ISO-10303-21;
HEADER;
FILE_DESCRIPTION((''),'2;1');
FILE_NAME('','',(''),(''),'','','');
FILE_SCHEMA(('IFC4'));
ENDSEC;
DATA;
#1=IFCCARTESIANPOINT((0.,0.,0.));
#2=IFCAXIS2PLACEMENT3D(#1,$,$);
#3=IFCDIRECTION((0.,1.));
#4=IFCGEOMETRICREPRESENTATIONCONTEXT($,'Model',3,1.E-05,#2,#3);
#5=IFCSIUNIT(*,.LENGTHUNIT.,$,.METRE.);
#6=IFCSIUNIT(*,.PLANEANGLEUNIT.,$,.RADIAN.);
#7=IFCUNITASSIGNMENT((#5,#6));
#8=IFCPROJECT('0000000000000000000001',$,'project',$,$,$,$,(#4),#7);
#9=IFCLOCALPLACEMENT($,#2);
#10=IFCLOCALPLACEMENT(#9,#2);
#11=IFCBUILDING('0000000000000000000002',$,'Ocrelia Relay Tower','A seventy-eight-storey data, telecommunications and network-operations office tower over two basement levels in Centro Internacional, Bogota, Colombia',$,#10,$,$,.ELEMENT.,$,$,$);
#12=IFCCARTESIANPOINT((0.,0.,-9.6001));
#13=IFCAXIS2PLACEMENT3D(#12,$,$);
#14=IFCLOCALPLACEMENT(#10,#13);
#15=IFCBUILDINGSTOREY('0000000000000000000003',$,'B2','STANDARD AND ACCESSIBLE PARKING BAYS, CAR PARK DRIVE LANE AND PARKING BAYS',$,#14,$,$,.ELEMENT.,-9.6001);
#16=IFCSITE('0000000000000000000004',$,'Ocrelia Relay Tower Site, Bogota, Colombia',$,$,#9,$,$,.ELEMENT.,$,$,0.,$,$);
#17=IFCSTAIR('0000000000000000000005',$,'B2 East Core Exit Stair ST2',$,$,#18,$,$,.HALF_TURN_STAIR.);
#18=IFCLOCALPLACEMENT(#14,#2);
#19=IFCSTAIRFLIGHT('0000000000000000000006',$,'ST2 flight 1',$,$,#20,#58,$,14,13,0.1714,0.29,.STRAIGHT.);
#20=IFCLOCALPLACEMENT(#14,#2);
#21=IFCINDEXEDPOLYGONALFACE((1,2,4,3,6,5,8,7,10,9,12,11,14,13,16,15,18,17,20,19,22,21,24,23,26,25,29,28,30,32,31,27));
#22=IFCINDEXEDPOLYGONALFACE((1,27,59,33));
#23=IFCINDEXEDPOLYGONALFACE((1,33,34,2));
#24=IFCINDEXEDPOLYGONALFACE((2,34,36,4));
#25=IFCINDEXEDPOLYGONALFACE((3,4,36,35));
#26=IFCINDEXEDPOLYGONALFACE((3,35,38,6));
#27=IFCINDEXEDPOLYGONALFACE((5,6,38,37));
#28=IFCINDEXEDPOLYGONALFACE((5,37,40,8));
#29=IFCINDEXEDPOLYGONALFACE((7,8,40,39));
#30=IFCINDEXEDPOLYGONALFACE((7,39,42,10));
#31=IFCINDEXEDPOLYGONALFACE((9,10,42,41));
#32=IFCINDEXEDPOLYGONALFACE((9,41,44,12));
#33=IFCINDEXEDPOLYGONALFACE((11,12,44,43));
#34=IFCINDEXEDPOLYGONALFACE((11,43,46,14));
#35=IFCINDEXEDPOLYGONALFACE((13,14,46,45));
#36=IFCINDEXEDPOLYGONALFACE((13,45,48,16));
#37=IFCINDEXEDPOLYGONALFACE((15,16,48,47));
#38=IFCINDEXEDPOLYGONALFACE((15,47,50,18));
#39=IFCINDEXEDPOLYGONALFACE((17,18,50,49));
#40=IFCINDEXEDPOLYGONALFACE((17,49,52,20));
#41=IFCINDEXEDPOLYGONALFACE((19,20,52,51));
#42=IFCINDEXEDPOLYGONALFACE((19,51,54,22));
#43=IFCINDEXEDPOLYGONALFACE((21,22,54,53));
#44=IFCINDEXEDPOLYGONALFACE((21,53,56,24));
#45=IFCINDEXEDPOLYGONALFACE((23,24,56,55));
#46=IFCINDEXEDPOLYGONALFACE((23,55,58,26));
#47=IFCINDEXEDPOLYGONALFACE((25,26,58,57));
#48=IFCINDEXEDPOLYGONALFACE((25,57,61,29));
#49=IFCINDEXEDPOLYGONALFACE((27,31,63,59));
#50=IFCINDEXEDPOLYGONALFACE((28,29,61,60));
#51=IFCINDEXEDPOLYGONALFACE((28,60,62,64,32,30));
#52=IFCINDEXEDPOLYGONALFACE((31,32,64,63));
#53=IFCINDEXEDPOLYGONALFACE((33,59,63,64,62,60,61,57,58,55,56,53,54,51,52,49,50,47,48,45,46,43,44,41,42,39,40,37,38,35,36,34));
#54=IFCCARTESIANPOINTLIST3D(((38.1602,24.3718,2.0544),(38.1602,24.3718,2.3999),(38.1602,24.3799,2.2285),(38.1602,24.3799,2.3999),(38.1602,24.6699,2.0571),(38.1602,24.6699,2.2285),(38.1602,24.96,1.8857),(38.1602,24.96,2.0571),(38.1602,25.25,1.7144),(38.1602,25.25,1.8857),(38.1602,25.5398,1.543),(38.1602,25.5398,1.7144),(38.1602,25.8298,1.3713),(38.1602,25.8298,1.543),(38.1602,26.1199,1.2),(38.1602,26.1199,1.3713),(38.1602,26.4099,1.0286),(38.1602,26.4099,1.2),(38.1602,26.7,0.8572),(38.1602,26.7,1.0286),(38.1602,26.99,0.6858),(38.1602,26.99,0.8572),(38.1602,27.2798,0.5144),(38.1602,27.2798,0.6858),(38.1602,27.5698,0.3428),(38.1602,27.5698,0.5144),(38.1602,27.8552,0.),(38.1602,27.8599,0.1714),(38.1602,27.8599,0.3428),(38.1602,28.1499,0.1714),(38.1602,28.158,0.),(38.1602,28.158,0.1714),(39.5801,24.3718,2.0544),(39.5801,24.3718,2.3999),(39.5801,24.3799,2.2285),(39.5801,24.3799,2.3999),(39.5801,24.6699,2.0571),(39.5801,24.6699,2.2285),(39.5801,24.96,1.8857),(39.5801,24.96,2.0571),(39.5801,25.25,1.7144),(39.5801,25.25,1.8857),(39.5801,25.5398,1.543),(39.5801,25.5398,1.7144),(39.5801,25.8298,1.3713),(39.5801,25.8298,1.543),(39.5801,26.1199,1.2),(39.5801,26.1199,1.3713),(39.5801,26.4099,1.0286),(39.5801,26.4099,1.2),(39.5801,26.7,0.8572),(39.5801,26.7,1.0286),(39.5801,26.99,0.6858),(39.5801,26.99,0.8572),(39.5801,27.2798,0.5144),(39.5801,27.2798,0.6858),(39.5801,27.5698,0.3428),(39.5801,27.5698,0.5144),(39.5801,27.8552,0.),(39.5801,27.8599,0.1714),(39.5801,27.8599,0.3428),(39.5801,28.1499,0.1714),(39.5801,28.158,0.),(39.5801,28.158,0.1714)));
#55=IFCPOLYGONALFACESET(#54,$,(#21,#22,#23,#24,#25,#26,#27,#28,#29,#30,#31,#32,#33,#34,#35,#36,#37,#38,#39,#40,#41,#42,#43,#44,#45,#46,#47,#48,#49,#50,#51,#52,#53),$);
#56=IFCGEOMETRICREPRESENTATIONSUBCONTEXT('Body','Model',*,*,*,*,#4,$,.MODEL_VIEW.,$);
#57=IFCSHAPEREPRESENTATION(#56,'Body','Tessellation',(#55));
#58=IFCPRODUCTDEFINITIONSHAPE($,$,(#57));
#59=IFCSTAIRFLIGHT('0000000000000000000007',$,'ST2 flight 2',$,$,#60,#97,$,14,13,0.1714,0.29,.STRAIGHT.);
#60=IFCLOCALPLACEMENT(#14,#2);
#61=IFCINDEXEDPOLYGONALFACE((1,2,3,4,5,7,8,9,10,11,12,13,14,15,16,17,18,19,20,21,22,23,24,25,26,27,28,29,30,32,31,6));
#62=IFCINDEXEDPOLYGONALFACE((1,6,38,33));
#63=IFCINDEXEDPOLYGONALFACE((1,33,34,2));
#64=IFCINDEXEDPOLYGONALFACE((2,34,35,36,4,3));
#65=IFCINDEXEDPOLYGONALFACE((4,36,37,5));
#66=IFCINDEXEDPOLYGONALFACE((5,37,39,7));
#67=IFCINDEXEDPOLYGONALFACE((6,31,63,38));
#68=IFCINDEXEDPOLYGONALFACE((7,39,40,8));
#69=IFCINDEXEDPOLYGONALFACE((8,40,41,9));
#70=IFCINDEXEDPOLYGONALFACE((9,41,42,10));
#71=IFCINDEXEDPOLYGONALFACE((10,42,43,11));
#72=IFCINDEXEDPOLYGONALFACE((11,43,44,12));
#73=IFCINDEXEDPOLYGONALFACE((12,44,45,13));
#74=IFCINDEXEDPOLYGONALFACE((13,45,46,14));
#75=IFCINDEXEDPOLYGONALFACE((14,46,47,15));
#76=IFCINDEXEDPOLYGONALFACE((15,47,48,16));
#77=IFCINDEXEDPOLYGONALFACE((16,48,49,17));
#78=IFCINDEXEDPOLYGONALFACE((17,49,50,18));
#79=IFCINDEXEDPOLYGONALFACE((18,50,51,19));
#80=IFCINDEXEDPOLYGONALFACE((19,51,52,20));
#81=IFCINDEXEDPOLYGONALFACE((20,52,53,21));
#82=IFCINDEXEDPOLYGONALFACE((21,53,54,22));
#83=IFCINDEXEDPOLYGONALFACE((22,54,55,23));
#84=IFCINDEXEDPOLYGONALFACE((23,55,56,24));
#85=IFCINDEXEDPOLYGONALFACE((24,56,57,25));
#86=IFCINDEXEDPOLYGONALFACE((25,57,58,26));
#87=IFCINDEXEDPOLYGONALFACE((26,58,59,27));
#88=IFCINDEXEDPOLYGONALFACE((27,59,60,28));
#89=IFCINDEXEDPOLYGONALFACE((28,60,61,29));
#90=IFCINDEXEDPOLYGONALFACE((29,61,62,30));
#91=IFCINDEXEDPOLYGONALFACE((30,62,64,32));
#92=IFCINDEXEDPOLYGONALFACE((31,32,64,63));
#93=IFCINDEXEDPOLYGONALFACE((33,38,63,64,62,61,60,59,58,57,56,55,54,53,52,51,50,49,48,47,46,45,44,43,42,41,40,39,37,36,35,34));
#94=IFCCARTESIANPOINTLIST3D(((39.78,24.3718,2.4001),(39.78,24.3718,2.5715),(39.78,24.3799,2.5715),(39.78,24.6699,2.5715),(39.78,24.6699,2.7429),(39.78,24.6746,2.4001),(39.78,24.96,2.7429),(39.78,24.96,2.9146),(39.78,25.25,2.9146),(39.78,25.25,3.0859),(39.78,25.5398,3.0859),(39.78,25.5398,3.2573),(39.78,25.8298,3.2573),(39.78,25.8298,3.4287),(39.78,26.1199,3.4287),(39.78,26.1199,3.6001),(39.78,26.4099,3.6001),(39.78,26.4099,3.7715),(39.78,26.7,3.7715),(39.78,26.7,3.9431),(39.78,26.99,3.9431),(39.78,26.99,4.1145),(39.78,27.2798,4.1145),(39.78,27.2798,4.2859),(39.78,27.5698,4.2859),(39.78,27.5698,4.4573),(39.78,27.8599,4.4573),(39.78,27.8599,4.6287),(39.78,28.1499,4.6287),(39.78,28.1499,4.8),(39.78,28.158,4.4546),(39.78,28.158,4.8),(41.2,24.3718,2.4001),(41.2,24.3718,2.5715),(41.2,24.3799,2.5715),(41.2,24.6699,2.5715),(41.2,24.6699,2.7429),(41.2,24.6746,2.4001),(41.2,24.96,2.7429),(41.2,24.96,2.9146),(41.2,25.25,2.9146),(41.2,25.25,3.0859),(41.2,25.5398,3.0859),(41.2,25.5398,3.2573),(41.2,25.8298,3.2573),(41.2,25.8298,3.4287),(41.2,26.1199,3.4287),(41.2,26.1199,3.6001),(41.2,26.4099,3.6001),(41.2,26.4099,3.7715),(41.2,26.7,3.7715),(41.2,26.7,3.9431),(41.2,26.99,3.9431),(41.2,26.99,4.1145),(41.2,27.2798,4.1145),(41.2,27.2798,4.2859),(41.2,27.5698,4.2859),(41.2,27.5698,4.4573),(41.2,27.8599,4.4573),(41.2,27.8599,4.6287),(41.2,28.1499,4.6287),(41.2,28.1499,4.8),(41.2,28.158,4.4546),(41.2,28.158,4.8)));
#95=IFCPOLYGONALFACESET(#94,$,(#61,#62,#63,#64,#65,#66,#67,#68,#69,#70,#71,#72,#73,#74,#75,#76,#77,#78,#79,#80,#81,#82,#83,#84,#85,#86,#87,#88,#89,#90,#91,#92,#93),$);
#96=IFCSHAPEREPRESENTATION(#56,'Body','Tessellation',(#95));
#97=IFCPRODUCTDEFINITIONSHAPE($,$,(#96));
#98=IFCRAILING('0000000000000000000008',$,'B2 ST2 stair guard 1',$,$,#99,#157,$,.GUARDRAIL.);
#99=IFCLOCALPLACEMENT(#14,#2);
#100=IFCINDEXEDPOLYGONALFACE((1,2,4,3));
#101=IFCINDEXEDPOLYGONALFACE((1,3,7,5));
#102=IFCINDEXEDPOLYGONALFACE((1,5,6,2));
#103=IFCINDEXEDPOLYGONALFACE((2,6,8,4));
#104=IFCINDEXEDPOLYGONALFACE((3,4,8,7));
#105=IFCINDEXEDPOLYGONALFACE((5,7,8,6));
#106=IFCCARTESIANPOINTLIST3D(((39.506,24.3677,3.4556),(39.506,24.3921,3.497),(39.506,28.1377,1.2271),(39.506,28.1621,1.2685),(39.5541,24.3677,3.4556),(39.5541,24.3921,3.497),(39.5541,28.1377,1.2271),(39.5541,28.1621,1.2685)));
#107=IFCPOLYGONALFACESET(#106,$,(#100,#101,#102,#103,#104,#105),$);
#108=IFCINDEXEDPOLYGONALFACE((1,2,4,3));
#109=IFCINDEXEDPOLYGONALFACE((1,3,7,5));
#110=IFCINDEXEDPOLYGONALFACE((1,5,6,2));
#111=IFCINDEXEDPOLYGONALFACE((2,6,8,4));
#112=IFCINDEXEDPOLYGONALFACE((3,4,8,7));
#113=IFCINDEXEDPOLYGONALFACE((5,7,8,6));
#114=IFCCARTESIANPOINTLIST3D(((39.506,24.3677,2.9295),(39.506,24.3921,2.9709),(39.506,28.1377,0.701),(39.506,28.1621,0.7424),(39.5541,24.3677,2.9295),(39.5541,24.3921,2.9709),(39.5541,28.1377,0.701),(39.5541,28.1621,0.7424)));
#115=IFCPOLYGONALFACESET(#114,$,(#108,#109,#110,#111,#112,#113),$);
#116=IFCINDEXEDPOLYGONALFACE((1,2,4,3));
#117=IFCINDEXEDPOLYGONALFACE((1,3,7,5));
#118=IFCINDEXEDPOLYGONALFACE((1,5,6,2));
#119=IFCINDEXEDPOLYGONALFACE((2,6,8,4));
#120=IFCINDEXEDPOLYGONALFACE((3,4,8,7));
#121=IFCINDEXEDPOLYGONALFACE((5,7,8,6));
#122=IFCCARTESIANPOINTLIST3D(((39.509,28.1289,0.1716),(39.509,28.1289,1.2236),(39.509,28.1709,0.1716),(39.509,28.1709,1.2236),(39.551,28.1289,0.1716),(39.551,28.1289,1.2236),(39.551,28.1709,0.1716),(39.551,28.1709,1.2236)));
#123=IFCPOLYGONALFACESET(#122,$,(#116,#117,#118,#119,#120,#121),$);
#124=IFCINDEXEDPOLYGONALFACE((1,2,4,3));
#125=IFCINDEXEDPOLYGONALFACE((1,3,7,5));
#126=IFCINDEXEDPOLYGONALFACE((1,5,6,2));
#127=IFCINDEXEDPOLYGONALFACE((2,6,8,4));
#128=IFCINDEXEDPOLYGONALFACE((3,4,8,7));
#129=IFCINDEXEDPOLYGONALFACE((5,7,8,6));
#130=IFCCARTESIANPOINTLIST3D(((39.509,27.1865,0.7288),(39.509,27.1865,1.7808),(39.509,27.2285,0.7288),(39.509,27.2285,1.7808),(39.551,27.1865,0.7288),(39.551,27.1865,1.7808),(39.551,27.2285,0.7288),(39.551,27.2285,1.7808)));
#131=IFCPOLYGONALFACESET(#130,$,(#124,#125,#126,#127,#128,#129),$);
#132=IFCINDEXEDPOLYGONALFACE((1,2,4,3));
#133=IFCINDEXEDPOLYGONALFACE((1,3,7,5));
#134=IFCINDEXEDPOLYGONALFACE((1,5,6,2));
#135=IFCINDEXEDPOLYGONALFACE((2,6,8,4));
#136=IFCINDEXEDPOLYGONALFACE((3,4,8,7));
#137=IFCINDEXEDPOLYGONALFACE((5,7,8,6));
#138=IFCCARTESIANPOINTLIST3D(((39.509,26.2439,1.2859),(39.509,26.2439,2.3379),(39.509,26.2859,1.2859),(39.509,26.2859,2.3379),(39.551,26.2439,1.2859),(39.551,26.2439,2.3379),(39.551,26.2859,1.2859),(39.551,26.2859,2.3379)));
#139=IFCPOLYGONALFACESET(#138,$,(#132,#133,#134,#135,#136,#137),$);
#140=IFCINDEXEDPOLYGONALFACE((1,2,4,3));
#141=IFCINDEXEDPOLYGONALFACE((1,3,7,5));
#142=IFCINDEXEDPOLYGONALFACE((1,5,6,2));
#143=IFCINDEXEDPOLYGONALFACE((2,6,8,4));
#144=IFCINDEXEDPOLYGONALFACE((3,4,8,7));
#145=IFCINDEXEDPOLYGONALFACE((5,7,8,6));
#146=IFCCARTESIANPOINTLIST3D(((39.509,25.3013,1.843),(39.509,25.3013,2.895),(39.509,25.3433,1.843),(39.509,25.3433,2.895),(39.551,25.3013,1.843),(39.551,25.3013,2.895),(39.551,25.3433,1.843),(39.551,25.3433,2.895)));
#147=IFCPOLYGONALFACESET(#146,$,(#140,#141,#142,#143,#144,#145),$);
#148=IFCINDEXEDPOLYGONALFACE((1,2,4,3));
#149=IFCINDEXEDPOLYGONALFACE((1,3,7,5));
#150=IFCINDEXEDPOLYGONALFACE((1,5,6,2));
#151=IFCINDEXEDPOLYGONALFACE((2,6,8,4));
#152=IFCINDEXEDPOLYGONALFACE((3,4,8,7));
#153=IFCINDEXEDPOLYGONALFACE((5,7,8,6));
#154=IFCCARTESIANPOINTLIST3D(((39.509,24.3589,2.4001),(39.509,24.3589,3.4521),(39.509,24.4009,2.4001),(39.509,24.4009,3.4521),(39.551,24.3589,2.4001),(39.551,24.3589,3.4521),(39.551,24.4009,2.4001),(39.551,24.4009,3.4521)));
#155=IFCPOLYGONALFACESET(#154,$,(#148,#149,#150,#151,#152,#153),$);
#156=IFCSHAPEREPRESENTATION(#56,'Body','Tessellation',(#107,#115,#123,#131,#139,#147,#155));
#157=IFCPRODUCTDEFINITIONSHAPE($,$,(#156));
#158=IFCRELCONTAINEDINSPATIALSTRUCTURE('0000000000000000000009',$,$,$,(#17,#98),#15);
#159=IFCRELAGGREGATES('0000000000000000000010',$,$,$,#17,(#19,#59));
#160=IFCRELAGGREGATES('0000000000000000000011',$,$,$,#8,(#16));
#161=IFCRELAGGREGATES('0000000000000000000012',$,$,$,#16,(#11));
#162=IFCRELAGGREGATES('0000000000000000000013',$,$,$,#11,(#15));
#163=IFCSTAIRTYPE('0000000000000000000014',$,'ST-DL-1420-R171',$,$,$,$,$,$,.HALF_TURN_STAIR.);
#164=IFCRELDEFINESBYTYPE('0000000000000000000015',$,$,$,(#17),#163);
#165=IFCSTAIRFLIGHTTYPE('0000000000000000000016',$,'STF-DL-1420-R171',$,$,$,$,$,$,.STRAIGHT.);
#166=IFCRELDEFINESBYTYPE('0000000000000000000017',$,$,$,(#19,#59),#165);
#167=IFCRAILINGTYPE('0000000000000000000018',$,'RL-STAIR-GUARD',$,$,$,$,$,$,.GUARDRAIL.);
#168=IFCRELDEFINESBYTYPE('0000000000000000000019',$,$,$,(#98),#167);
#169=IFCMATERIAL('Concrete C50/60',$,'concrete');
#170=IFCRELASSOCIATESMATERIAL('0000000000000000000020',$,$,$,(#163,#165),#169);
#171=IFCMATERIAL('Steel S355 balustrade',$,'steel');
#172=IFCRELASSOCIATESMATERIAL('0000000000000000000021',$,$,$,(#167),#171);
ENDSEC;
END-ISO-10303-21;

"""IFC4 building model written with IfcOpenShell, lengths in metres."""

from ifc_helpers import new_model, si_unit, direction, frame, origin, origin_2d, place, context, subcontext, project, spatial, polyline, rectangle, outline, extrude, material, type_object, element, aggregate, save


model = new_model("IFC4")

# Units and contexts
model_context = context("Model", 3, precision=1e-05, world=origin(), true_north=direction((0.0, 1.0)))
body_context = subcontext(model_context, "Body", "Model", "MODEL_VIEW")
ifc_project = project(units=[si_unit("LENGTHUNIT", "METRE"), si_unit("PLANEANGLEUNIT", "RADIAN")], contexts=[model_context])

# Site, building, storey
site_placement = place(None, origin())
site = spatial("IfcSite", under=ifc_project, at=site_placement, Name="Ocrelia Relay Tower Site, Bogota, Colombia", CompositionType="ELEMENT", RefElevation=0.0)
building_placement = place(site_placement, origin())
building = spatial("IfcBuilding", under=site, at=building_placement, Name="Ocrelia Relay Tower", Description="A seventy-eight-storey data, telecommunications and network-operations office tower over two basement levels in Centro Internacional, Bogota, Colombia", CompositionType="ELEMENT")
storey_placement = place(building_placement, frame((0.0, 0.0, -9.6001)))
storey = spatial("IfcBuildingStorey", under=building, at=storey_placement, Name="B2", Description="STANDARD AND ACCESSIBLE PARKING BAYS, CAR PARK DRIVE LANE AND PARKING BAYS", CompositionType="ELEMENT", Elevation=-9.6001)

# Shared definitions
ifc_material_1 = material(Name="Concrete C50/60", Category="concrete")

# Stair, stair flights
stair_type = type_object("IfcStairType", Name="ST-DL-1420-R171", PredefinedType="HALF_TURN_STAIR", material=ifc_material_1)
stair_placement = place(storey_placement, origin())
stair = element("IfcStair", 1, at=stair_placement, inside=storey, type_object=stair_type, Name="B2 East Core Exit Stair ST2", PredefinedType="HALF_TURN_STAIR")
stair_flight_type = type_object("IfcStairFlightType", Name="STF-DL-1420-R171", PredefinedType="STRAIGHT", material=ifc_material_1)
stair_flight_1_placement = place(storey_placement, frame((38.8701, 28.1499, 0.0), z_axis=(0.0, 0.0, 1.0), x_axis=(0.0, -1.0, 0.0)))
stair_flight_1 = element("IfcStairFlight", 2, at=stair_flight_1_placement, type_object=stair_flight_type, Name="ST2 flight 1", NumberOfRisers=14, NumberOfTreads=13, PredefinedType="STRAIGHT", RiserHeight=0.1714, TreadLength=0.29, context=body_context, shape_type="SweptSolid", body=[
    extrude(outline(polyline([(-0.0081, 0.0), (-0.0081, 0.1714), (0.0, 0.1714), (0.29, 0.1714), (0.29, 0.3428), (0.5801, 0.3428), (0.5801, 0.5144), (0.8701, 0.5144), (0.8701, 0.6858), (1.1599, 0.6858), (1.1599, 0.8572), (1.45, 0.8572), (1.45, 1.0286), (1.74, 1.0286), (1.74, 1.2), (2.03, 1.2), (2.03, 1.3713), (2.3201, 1.3713), (2.3201, 1.543), (2.6101, 1.543), (2.6101, 1.7144), (2.8999, 1.7144), (2.8999, 1.8857), (3.1899, 1.8857), (3.1899, 2.0571), (3.48, 2.0571), (3.48, 2.2285), (3.77, 2.2285), (3.77, 2.3999), (3.7781, 2.3999), (3.7781, 2.0544), (0.2947, 0.0), (-0.0081, 0.0)])), frame((0.0, 0.71, 0.0), z_axis=(0.0, -1.0, 0.0), x_axis=(1.0, 0.0, 0.0)), (0.0, 0.0, 1.0), 1.4199),
])
stair_flight_2_placement = place(storey_placement, frame((40.49, 24.3799, 2.4001), z_axis=(0.0, 0.0, 1.0), x_axis=(0.0, 1.0, 0.0)))
stair_flight_2 = element("IfcStairFlight", 3, at=stair_flight_2_placement, type_object=stair_flight_type, Name="ST2 flight 2", NumberOfRisers=14, NumberOfTreads=13, PredefinedType="STRAIGHT", RiserHeight=0.1714, TreadLength=0.29, context=body_context, shape_type="SweptSolid", body=[
    extrude(outline(polyline([(-0.0081, 0.0), (-0.0081, 0.1714), (0.0, 0.1714), (0.29, 0.1714), (0.29, 0.3428), (0.5801, 0.3428), (0.5801, 0.5144), (0.8701, 0.5144), (0.8701, 0.6858), (1.1599, 0.6858), (1.1599, 0.8572), (1.45, 0.8572), (1.45, 1.0286), (1.74, 1.0286), (1.74, 1.2), (2.03, 1.2), (2.03, 1.3713), (2.3201, 1.3713), (2.3201, 1.543), (2.6101, 1.543), (2.6101, 1.7144), (2.8999, 1.7144), (2.8999, 1.8857), (3.1899, 1.8857), (3.1899, 2.0571), (3.48, 2.0571), (3.48, 2.2285), (3.77, 2.2285), (3.77, 2.3999), (3.7781, 2.3999), (3.7781, 2.0544), (0.2947, 0.0), (-0.0081, 0.0)])), frame((0.0, 0.71, 0.0), z_axis=(0.0, -1.0, 0.0), x_axis=(1.0, 0.0, 0.0)), (0.0, 0.0, 1.0), 1.4199),
])
aggregate(stair, [stair_flight_1, stair_flight_2])

# Railing
ifc_material_2 = material(Name="Steel S355 balustrade", Category="steel")
railing_type_1 = type_object("IfcRailingType", Name="RL-STAIR-GUARD", PredefinedType="GUARDRAIL", material=ifc_material_2)
railing_1_placement = place(storey_placement, frame((39.53, 28.1499, 0.1716)))
element("IfcRailing", 4, at=railing_1_placement, inside=storey, type_object=railing_type_1, Name="B2 ST2 stair guard 1", PredefinedType="GUARDRAIL", context=body_context, shape_type="SweptSolid", body=[
    extrude(rectangle(XDim=0.0481, YDim=0.0481, at=origin_2d()), frame((0.0, 0.0, 1.0762), z_axis=(0.0, -0.860849, 0.508861), x_axis=(1.0, 0.0, 0.0)), (0.0, 0.0, 1.0), 4.3794),
    extrude(rectangle(XDim=0.0481, YDim=0.0481, at=origin_2d()), frame((0.0, 0.0, 0.55), z_axis=(0.0, -0.860849, 0.508861), x_axis=(1.0, 0.0, 0.0)), (0.0, 0.0, 1.0), 4.3794),
    extrude(rectangle(XDim=0.042, YDim=0.042, at=origin_2d()), origin(), (0.0, 0.0, 1.0), 1.052),
    extrude(rectangle(XDim=0.042, YDim=0.042, at=origin_2d()), frame((0.0, -0.9424, 0.5571)), (0.0, 0.0, 1.0), 1.052),
    extrude(rectangle(XDim=0.042, YDim=0.042, at=origin_2d()), frame((0.0, -1.885, 1.1143)), (0.0, 0.0, 1.0), 1.052),
    extrude(rectangle(XDim=0.042, YDim=0.042, at=origin_2d()), frame((0.0, -2.8276, 1.6714)), (0.0, 0.0, 1.0), 1.052),
    extrude(rectangle(XDim=0.042, YDim=0.042, at=origin_2d()), frame((0.0, -3.77, 2.2285)), (0.0, 0.0, 1.0), 1.052),
])

save(model, "model.ifc")
